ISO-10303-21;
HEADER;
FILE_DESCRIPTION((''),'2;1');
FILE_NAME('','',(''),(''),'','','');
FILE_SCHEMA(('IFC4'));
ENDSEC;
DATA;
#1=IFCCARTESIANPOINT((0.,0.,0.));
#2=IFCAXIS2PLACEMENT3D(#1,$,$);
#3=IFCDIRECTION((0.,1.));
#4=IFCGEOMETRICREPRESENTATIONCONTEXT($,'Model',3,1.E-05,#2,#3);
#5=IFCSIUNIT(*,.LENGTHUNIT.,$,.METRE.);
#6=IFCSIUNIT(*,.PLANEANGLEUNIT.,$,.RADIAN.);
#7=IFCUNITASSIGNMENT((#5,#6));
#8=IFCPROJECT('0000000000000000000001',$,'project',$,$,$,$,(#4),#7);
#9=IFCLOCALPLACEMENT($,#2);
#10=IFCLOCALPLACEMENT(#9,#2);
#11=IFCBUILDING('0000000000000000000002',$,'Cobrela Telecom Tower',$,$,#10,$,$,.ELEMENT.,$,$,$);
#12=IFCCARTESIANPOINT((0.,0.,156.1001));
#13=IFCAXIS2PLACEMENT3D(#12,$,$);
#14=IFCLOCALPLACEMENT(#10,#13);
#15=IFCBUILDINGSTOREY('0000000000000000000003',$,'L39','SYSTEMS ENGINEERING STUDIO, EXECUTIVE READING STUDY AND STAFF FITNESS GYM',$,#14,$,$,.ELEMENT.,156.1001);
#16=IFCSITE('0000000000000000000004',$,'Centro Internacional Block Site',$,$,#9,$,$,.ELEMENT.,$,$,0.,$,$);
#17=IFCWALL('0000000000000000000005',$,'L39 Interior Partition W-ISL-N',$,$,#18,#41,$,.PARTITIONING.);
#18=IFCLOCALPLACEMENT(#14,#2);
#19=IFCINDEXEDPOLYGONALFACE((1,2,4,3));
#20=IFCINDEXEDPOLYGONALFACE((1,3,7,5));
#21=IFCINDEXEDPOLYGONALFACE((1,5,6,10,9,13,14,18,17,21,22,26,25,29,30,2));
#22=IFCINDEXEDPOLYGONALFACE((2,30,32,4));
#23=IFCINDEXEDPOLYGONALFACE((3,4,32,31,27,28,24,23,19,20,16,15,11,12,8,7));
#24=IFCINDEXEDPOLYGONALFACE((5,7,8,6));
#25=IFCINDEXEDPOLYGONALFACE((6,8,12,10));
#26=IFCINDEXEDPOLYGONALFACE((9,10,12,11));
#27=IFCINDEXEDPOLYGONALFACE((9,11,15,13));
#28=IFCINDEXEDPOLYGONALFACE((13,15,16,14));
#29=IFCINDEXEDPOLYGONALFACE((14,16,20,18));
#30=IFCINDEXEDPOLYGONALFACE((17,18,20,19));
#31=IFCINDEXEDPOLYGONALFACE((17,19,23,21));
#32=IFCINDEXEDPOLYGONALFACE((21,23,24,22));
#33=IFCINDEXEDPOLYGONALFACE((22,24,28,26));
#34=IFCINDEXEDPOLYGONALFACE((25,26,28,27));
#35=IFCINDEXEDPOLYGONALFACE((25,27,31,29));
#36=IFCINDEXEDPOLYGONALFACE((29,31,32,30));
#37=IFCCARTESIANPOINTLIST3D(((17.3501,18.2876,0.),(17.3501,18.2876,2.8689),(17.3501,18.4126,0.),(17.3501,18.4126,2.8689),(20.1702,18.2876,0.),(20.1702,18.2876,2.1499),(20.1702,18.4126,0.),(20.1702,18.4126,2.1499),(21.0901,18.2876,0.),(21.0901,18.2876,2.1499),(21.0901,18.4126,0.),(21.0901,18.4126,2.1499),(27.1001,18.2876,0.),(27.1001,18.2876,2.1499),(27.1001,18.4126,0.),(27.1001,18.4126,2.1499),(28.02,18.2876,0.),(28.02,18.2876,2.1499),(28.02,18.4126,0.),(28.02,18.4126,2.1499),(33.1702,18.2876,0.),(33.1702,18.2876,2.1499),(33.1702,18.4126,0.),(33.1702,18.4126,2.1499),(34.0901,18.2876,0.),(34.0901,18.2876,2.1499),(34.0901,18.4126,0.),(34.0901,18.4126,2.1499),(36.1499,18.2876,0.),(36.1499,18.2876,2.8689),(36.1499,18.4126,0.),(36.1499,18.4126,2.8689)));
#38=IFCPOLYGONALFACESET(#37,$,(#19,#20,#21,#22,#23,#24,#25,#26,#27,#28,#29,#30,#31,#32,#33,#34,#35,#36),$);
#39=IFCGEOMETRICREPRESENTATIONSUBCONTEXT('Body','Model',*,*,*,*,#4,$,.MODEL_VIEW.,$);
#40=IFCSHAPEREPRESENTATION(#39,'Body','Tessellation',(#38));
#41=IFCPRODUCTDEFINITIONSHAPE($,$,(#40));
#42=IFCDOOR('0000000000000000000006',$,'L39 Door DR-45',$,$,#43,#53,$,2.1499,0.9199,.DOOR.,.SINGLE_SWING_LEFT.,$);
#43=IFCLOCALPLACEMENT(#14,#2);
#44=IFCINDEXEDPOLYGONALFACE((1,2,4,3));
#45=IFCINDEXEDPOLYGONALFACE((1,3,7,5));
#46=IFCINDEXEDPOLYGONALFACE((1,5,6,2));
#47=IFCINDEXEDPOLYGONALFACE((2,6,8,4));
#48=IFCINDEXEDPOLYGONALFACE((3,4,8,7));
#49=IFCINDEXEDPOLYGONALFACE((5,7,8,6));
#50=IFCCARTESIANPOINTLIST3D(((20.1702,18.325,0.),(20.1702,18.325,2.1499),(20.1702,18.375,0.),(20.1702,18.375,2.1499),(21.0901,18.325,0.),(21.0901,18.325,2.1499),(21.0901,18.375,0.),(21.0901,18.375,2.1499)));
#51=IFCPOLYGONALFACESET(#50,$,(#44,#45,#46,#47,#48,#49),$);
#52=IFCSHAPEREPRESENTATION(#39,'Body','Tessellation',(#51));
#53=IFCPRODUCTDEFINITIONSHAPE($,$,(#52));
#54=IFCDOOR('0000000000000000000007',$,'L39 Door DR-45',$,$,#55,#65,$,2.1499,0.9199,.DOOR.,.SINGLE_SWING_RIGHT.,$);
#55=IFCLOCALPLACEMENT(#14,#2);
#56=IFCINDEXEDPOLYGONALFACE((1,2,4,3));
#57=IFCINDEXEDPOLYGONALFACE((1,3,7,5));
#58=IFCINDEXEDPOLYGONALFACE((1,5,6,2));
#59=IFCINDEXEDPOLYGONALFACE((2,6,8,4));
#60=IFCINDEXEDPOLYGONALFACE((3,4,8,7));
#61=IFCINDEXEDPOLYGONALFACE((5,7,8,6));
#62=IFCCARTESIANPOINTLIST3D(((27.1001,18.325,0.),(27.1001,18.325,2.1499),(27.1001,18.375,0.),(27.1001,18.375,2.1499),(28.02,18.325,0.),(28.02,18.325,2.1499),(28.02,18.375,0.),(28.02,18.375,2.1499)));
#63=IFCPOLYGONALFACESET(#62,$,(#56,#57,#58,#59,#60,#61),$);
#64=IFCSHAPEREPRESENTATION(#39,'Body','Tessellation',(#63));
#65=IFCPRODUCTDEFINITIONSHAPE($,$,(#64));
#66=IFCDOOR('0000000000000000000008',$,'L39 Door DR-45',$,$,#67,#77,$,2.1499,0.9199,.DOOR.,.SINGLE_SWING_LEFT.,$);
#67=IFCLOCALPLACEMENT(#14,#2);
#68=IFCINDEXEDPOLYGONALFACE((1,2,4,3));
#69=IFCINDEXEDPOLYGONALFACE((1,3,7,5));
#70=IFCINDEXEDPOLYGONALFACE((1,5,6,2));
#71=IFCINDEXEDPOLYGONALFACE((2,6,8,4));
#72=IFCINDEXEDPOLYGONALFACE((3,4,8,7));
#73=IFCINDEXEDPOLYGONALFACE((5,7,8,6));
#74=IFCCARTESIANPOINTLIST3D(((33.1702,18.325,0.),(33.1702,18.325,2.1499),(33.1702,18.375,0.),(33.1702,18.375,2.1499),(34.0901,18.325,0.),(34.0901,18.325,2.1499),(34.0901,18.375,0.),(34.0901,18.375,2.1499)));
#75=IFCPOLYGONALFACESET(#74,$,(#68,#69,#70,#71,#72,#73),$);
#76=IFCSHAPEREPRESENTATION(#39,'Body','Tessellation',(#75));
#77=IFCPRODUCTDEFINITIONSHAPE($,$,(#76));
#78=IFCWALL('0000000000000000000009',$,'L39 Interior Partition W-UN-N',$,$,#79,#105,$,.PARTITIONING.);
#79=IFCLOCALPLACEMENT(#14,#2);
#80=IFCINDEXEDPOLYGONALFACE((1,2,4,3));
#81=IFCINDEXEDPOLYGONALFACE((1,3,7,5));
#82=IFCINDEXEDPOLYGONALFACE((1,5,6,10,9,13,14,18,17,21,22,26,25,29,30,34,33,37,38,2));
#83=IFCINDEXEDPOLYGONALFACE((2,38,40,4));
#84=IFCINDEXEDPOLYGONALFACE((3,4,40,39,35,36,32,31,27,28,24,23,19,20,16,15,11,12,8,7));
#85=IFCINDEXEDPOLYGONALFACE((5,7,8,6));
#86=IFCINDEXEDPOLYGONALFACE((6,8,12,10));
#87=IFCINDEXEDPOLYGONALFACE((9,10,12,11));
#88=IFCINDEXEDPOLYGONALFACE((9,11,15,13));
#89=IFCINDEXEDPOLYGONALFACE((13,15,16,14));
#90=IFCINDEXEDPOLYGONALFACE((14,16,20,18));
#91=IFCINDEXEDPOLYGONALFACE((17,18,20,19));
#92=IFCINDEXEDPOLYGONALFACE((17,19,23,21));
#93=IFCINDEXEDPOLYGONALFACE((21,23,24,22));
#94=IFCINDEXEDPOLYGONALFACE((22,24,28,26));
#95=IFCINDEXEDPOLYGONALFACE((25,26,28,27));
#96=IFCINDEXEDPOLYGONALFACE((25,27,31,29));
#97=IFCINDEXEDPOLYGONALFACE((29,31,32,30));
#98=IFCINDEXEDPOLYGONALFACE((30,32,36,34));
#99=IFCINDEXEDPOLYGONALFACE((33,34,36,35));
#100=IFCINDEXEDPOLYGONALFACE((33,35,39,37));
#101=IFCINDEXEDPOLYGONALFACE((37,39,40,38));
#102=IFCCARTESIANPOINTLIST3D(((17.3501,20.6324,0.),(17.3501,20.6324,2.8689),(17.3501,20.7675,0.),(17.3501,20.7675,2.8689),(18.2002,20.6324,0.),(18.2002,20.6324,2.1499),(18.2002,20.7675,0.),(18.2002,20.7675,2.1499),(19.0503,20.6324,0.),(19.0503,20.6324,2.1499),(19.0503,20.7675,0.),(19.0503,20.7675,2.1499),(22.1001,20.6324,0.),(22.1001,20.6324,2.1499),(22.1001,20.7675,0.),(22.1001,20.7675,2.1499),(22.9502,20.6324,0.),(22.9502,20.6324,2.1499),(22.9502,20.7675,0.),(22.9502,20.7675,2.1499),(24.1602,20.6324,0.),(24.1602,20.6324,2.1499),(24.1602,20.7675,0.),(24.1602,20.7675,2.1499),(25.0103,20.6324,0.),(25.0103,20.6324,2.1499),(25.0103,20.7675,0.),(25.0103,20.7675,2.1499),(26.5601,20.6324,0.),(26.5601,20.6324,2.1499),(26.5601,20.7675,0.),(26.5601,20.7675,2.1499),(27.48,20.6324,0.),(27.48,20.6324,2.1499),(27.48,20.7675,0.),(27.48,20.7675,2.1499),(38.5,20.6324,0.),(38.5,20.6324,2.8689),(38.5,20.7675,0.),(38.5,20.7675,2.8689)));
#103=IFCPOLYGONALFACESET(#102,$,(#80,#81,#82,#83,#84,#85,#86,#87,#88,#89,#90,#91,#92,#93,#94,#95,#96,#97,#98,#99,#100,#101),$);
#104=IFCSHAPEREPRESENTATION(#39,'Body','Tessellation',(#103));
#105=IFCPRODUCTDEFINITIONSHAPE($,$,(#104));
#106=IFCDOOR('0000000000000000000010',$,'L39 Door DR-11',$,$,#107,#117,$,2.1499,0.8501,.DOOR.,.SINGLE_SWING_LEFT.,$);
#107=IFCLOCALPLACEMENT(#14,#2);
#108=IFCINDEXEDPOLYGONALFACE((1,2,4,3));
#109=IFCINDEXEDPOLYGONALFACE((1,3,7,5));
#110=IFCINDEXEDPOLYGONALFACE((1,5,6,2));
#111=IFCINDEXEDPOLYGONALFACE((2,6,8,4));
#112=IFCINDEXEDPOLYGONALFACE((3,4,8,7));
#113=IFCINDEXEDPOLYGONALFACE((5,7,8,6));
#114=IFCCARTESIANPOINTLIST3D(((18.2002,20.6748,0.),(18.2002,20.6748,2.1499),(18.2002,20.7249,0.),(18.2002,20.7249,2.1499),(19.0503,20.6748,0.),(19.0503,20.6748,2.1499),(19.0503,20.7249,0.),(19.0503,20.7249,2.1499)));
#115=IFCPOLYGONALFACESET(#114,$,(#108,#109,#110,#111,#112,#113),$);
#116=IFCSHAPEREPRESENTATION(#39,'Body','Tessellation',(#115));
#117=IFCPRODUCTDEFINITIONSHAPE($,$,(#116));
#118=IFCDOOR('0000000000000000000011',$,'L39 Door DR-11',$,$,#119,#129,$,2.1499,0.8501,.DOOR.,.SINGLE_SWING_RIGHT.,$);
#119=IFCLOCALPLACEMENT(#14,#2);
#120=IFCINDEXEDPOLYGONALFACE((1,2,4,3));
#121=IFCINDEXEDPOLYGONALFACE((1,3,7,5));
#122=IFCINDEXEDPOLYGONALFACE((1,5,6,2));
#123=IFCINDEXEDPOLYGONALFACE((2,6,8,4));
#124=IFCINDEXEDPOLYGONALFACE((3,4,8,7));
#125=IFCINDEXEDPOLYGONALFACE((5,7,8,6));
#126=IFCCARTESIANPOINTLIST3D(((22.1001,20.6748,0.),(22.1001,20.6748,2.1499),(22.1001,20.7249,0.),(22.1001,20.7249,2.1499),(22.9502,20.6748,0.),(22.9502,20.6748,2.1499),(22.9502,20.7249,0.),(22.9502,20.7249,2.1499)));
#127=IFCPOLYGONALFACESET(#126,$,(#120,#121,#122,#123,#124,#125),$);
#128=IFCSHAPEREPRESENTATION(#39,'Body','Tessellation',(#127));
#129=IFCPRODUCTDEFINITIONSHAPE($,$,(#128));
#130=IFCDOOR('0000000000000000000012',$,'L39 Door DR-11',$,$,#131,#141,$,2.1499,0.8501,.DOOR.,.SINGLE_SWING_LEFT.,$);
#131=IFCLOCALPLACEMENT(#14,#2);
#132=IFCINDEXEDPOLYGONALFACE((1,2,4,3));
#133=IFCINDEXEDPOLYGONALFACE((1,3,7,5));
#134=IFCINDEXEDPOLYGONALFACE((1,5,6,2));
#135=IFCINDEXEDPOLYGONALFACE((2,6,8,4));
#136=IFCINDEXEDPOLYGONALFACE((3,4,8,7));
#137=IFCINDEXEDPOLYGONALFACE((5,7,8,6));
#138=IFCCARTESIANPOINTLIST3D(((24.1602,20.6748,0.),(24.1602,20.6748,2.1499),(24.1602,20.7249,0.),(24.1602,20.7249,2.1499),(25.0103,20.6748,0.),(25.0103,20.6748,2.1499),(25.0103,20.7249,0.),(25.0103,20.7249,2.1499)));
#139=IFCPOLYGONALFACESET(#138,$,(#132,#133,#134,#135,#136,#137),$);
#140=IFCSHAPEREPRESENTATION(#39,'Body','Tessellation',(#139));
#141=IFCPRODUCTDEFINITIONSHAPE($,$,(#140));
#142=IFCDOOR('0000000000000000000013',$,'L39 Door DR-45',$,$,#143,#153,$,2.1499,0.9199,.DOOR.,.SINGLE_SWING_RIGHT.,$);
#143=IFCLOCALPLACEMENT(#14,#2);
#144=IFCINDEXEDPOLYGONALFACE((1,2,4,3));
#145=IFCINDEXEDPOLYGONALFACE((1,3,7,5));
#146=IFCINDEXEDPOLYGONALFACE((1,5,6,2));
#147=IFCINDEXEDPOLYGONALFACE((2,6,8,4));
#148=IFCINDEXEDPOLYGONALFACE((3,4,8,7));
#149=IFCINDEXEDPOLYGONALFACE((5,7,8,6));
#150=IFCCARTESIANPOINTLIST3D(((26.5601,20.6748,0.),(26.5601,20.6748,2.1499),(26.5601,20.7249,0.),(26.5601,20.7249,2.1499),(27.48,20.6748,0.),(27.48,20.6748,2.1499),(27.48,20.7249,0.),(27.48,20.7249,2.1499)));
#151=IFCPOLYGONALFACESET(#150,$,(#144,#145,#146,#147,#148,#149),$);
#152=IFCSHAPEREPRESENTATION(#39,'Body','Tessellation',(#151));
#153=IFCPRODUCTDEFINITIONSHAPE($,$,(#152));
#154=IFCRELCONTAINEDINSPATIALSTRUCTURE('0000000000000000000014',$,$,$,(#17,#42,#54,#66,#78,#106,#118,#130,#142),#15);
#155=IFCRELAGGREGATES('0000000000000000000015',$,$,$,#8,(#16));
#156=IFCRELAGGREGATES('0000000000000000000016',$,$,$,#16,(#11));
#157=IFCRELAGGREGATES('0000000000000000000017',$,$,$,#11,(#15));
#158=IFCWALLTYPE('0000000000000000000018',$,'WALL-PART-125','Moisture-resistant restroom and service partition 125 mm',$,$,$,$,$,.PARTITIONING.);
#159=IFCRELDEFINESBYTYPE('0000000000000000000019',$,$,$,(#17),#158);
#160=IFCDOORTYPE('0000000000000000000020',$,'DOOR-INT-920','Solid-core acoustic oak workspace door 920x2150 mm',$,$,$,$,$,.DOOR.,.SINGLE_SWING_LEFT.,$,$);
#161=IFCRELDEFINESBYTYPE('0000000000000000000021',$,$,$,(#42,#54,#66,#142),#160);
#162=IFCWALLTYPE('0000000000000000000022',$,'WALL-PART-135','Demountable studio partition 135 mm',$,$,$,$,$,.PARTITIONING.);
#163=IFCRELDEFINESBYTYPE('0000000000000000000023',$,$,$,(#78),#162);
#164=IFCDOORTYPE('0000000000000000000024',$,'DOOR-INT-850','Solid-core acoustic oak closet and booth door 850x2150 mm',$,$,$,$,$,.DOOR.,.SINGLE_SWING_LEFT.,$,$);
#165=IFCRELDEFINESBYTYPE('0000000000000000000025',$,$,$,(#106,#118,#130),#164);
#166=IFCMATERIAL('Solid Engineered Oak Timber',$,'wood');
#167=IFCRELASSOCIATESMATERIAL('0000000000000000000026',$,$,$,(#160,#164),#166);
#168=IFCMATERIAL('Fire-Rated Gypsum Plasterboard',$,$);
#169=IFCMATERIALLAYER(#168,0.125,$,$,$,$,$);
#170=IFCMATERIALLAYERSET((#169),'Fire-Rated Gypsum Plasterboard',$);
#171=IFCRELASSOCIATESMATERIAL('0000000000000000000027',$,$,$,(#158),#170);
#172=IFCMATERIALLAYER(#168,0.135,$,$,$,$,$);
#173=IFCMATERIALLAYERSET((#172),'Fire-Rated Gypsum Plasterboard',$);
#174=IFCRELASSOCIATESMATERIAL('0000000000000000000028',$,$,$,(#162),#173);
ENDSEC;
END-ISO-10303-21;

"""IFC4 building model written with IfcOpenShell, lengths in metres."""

from ifc_helpers import new_model, si_unit, direction, frame, frame_2d, origin, place, context, subcontext, project, spatial, rectangle, extrude, material, layer, layer_set, type_object, element, fill, save


model = new_model("IFC4")

# Units and contexts
model_context = context("Model", 3, precision=1e-05, world=origin(), true_north=direction((0.0, 1.0)))
body_context = subcontext(model_context, "Body", "Model", "MODEL_VIEW")
ifc_project = project(units=[si_unit("LENGTHUNIT", "METRE"), si_unit("PLANEANGLEUNIT", "RADIAN")], contexts=[model_context])

# Site, building, storey
site_placement = place(None, origin())
site = spatial("IfcSite", under=ifc_project, at=site_placement, Name="Centro Internacional Block Site", CompositionType="ELEMENT", RefElevation=0.0)
building_placement = place(site_placement, origin())
building = spatial("IfcBuilding", under=site, at=building_placement, Name="Cobrela Telecom Tower", CompositionType="ELEMENT")
storey_placement = place(building_placement, frame((0.0, 0.0, 156.1001)))
storey = spatial("IfcBuildingStorey", under=building, at=storey_placement, Name="L39", Description="SYSTEMS ENGINEERING STUDIO, EXECUTIVE READING STUDY AND STAFF FITNESS GYM", CompositionType="ELEMENT", Elevation=156.1001)

# Shared definitions
ifc_material_1 = material(Name="Fire-Rated Gypsum Plasterboard")
ifc_material_2 = material(Name="Solid Engineered Oak Timber", Category="wood")
door_type_1 = type_object("IfcDoorType", Name="DOOR-INT-920", Description="Solid-core acoustic oak workspace door 920x2150 mm", OperationType="SINGLE_SWING_LEFT", PredefinedType="DOOR", material=ifc_material_2)

# Shared definitions
ifc_layer_1 = layer(ifc_material_1, 0.125)
ifc_layer_set_1 = layer_set([ifc_layer_1], Name="Fire-Rated Gypsum Plasterboard")
wall_type_1 = type_object("IfcWallType", Name="WALL-PART-125", Description="Moisture-resistant restroom and service partition 125 mm", PredefinedType="PARTITIONING", material=ifc_layer_set_1)

# Walls, openings, doors
wall_1_placement = place(storey_placement, frame((17.3501, 18.3501, 0.0), z_axis=(0.0, 0.0, 1.0), x_axis=(1.0, 0.0, 0.0)))
wall_1 = element("IfcWall", 1, at=wall_1_placement, inside=storey, type_object=wall_type_1, Name="L39 Interior Partition W-ISL-N", PredefinedType="PARTITIONING", context=body_context, shape_type="SweptSolid", body=[
    extrude(rectangle(XDim=18.7998, YDim=0.125, at=frame_2d((9.3999, 0.0))), origin(), (0.0, 0.0, 1.0), 2.8689),
])
opening_1_placement = place(wall_1_placement, frame((2.8201, 0.0, 0.0)))
opening_1 = element("IfcOpeningElement", 2, at=opening_1_placement, cuts=wall_1, PredefinedType="OPENING", context=body_context, shape_type="SweptSolid", body=[
    extrude(rectangle(XDim=0.9199, YDim=2.1499, at=frame_2d((0.46, 1.075))), frame((0.0, 0.0745, 0.0), z_axis=(0.0, -1.0, 0.0), x_axis=(1.0, 0.0, 0.0)), (0.0, 0.0, 1.0), 0.1489),
])
opening_2_placement = place(wall_1_placement, frame((9.75, 0.0, 0.0)))
opening_2 = element("IfcOpeningElement", 3, at=opening_2_placement, cuts=wall_1, PredefinedType="OPENING", context=body_context, shape_type="SweptSolid", body=[
    extrude(rectangle(XDim=0.9199, YDim=2.1499, at=frame_2d((0.46, 1.075))), frame((0.0, 0.0745, 0.0), z_axis=(0.0, -1.0, 0.0), x_axis=(1.0, 0.0, 0.0)), (0.0, 0.0, 1.0), 0.1489),
])
opening_3_placement = place(wall_1_placement, frame((15.8201, 0.0, 0.0)))
opening_3 = element("IfcOpeningElement", 4, at=opening_3_placement, cuts=wall_1, PredefinedType="OPENING", context=body_context, shape_type="SweptSolid", body=[
    extrude(rectangle(XDim=0.9199, YDim=2.1499, at=frame_2d((0.46, 1.075))), frame((0.0, 0.0745, 0.0), z_axis=(0.0, -1.0, 0.0), x_axis=(1.0, 0.0, 0.0)), (0.0, 0.0, 1.0), 0.1489),
])
door_1_placement = place(opening_1_placement, origin())
door_1 = element("IfcDoor", 5, at=door_1_placement, inside=storey, type_object=door_type_1, Name="L39 Door DR-45", OperationType="SINGLE_SWING_LEFT", OverallHeight=2.1499, OverallWidth=0.9199, PredefinedType="DOOR", context=body_context, shape_type="SweptSolid", body=[
    extrude(rectangle(XDim=0.9199, YDim=2.1499, at=frame_2d((0.46, 1.075))), frame((0.0, 0.0249, 0.0), z_axis=(0.0, -1.0, 0.0), x_axis=(1.0, 0.0, 0.0)), (0.0, 0.0, 1.0), 0.05),
])
fill(opening_1, door_1)
door_2_placement = place(opening_2_placement, origin())
door_2 = element("IfcDoor", 6, at=door_2_placement, inside=storey, type_object=door_type_1, Name="L39 Door DR-45", OperationType="SINGLE_SWING_RIGHT", OverallHeight=2.1499, OverallWidth=0.9199, PredefinedType="DOOR", context=body_context, shape_type="SweptSolid", body=[
    extrude(rectangle(XDim=0.9199, YDim=2.1499, at=frame_2d((0.46, 1.075))), frame((0.0, 0.0249, 0.0), z_axis=(0.0, -1.0, 0.0), x_axis=(1.0, 0.0, 0.0)), (0.0, 0.0, 1.0), 0.05),
])
fill(opening_2, door_2)
door_3_placement = place(opening_3_placement, origin())
door_3 = element("IfcDoor", 7, at=door_3_placement, inside=storey, type_object=door_type_1, Name="L39 Door DR-45", OperationType="SINGLE_SWING_LEFT", OverallHeight=2.1499, OverallWidth=0.9199, PredefinedType="DOOR", context=body_context, shape_type="SweptSolid", body=[
    extrude(rectangle(XDim=0.9199, YDim=2.1499, at=frame_2d((0.46, 1.075))), frame((0.0, 0.0249, 0.0), z_axis=(0.0, -1.0, 0.0), x_axis=(1.0, 0.0, 0.0)), (0.0, 0.0, 1.0), 0.05),
])
fill(opening_3, door_3)
ifc_layer_2 = layer(ifc_material_1, 0.135)
ifc_layer_set_2 = layer_set([ifc_layer_2], Name="Fire-Rated Gypsum Plasterboard")
wall_type_2 = type_object("IfcWallType", Name="WALL-PART-135", Description="Demountable studio partition 135 mm", PredefinedType="PARTITIONING", material=ifc_layer_set_2)
wall_2_placement = place(storey_placement, frame((17.3501, 20.7, 0.0), z_axis=(0.0, 0.0, 1.0), x_axis=(1.0, 0.0, 0.0)))
wall_2 = element("IfcWall", 8, at=wall_2_placement, inside=storey, type_object=wall_type_2, Name="L39 Interior Partition W-UN-N", PredefinedType="PARTITIONING", context=body_context, shape_type="SweptSolid", body=[
    extrude(rectangle(XDim=21.1499, YDim=0.135, at=frame_2d((10.575, 0.0))), origin(), (0.0, 0.0, 1.0), 2.8689),
])
opening_4_placement = place(wall_2_placement, frame((0.8501, 0.0, 0.0)))
opening_4 = element("IfcOpeningElement", 9, at=opening_4_placement, cuts=wall_2, PredefinedType="OPENING", context=body_context, shape_type="SweptSolid", body=[
    extrude(rectangle(XDim=0.8501, YDim=2.1499, at=frame_2d((0.425, 1.075))), frame((0.0, 0.0796, 0.0), z_axis=(0.0, -1.0, 0.0), x_axis=(1.0, 0.0, 0.0)), (0.0, 0.0, 1.0), 0.1589),
])
opening_5_placement = place(wall_2_placement, frame((4.75, 0.0, 0.0)))
opening_5 = element("IfcOpeningElement", 10, at=opening_5_placement, cuts=wall_2, PredefinedType="OPENING", context=body_context, shape_type="SweptSolid", body=[
    extrude(rectangle(XDim=0.8501, YDim=2.1499, at=frame_2d((0.425, 1.075))), frame((0.0, 0.0796, 0.0), z_axis=(0.0, -1.0, 0.0), x_axis=(1.0, 0.0, 0.0)), (0.0, 0.0, 1.0), 0.1589),
])
opening_6_placement = place(wall_2_placement, frame((6.8101, 0.0, 0.0)))
opening_6 = element("IfcOpeningElement", 11, at=opening_6_placement, cuts=wall_2, PredefinedType="OPENING", context=body_context, shape_type="SweptSolid", body=[
    extrude(rectangle(XDim=0.8501, YDim=2.1499, at=frame_2d((0.425, 1.075))), frame((0.0, 0.0796, 0.0), z_axis=(0.0, -1.0, 0.0), x_axis=(1.0, 0.0, 0.0)), (0.0, 0.0, 1.0), 0.1589),
])
opening_7_placement = place(wall_2_placement, frame((9.21, 0.0, 0.0)))
opening_7 = element("IfcOpeningElement", 12, at=opening_7_placement, cuts=wall_2, PredefinedType="OPENING", context=body_context, shape_type="SweptSolid", body=[
    extrude(rectangle(XDim=0.9199, YDim=2.1499, at=frame_2d((0.46, 1.075))), frame((0.0, 0.0796, 0.0), z_axis=(0.0, -1.0, 0.0), x_axis=(1.0, 0.0, 0.0)), (0.0, 0.0, 1.0), 0.1589),
])
door_type_2 = type_object("IfcDoorType", Name="DOOR-INT-850", Description="Solid-core acoustic oak closet and booth door 850x2150 mm", OperationType="SINGLE_SWING_LEFT", PredefinedType="DOOR", material=ifc_material_2)
door_4_placement = place(opening_4_placement, origin())
door_4 = element("IfcDoor", 13, at=door_4_placement, inside=storey, type_object=door_type_2, Name="L39 Door DR-11", OperationType="SINGLE_SWING_LEFT", OverallHeight=2.1499, OverallWidth=0.8501, PredefinedType="DOOR", context=body_context, shape_type="SweptSolid", body=[
    extrude(rectangle(XDim=0.8501, YDim=2.1499, at=frame_2d((0.425, 1.075))), frame((0.0, 0.0249, 0.0), z_axis=(0.0, -1.0, 0.0), x_axis=(1.0, 0.0, 0.0)), (0.0, 0.0, 1.0), 0.05),
])
fill(opening_4, door_4)
door_5_placement = place(opening_5_placement, origin())
door_5 = element("IfcDoor", 14, at=door_5_placement, inside=storey, type_object=door_type_2, Name="L39 Door DR-11", OperationType="SINGLE_SWING_RIGHT", OverallHeight=2.1499, OverallWidth=0.8501, PredefinedType="DOOR", context=body_context, shape_type="SweptSolid", body=[
    extrude(rectangle(XDim=0.8501, YDim=2.1499, at=frame_2d((0.425, 1.075))), frame((0.0, 0.0249, 0.0), z_axis=(0.0, -1.0, 0.0), x_axis=(1.0, 0.0, 0.0)), (0.0, 0.0, 1.0), 0.05),
])
fill(opening_5, door_5)
door_6_placement = place(opening_6_placement, origin())
door_6 = element("IfcDoor", 15, at=door_6_placement, inside=storey, type_object=door_type_2, Name="L39 Door DR-11", OperationType="SINGLE_SWING_LEFT", OverallHeight=2.1499, OverallWidth=0.8501, PredefinedType="DOOR", context=body_context, shape_type="SweptSolid", body=[
    extrude(rectangle(XDim=0.8501, YDim=2.1499, at=frame_2d((0.425, 1.075))), frame((0.0, 0.0249, 0.0), z_axis=(0.0, -1.0, 0.0), x_axis=(1.0, 0.0, 0.0)), (0.0, 0.0, 1.0), 0.05),
])
fill(opening_6, door_6)
door_7_placement = place(opening_7_placement, origin())
door_7 = element("IfcDoor", 16, at=door_7_placement, inside=storey, type_object=door_type_1, Name="L39 Door DR-45", OperationType="SINGLE_SWING_RIGHT", OverallHeight=2.1499, OverallWidth=0.9199, PredefinedType="DOOR", context=body_context, shape_type="SweptSolid", body=[
    extrude(rectangle(XDim=0.9199, YDim=2.1499, at=frame_2d((0.46, 1.075))), frame((0.0, 0.0249, 0.0), z_axis=(0.0, -1.0, 0.0), x_axis=(1.0, 0.0, 0.0)), (0.0, 0.0, 1.0), 0.05),
])
fill(opening_7, door_7)

save(model, "model.ifc")
